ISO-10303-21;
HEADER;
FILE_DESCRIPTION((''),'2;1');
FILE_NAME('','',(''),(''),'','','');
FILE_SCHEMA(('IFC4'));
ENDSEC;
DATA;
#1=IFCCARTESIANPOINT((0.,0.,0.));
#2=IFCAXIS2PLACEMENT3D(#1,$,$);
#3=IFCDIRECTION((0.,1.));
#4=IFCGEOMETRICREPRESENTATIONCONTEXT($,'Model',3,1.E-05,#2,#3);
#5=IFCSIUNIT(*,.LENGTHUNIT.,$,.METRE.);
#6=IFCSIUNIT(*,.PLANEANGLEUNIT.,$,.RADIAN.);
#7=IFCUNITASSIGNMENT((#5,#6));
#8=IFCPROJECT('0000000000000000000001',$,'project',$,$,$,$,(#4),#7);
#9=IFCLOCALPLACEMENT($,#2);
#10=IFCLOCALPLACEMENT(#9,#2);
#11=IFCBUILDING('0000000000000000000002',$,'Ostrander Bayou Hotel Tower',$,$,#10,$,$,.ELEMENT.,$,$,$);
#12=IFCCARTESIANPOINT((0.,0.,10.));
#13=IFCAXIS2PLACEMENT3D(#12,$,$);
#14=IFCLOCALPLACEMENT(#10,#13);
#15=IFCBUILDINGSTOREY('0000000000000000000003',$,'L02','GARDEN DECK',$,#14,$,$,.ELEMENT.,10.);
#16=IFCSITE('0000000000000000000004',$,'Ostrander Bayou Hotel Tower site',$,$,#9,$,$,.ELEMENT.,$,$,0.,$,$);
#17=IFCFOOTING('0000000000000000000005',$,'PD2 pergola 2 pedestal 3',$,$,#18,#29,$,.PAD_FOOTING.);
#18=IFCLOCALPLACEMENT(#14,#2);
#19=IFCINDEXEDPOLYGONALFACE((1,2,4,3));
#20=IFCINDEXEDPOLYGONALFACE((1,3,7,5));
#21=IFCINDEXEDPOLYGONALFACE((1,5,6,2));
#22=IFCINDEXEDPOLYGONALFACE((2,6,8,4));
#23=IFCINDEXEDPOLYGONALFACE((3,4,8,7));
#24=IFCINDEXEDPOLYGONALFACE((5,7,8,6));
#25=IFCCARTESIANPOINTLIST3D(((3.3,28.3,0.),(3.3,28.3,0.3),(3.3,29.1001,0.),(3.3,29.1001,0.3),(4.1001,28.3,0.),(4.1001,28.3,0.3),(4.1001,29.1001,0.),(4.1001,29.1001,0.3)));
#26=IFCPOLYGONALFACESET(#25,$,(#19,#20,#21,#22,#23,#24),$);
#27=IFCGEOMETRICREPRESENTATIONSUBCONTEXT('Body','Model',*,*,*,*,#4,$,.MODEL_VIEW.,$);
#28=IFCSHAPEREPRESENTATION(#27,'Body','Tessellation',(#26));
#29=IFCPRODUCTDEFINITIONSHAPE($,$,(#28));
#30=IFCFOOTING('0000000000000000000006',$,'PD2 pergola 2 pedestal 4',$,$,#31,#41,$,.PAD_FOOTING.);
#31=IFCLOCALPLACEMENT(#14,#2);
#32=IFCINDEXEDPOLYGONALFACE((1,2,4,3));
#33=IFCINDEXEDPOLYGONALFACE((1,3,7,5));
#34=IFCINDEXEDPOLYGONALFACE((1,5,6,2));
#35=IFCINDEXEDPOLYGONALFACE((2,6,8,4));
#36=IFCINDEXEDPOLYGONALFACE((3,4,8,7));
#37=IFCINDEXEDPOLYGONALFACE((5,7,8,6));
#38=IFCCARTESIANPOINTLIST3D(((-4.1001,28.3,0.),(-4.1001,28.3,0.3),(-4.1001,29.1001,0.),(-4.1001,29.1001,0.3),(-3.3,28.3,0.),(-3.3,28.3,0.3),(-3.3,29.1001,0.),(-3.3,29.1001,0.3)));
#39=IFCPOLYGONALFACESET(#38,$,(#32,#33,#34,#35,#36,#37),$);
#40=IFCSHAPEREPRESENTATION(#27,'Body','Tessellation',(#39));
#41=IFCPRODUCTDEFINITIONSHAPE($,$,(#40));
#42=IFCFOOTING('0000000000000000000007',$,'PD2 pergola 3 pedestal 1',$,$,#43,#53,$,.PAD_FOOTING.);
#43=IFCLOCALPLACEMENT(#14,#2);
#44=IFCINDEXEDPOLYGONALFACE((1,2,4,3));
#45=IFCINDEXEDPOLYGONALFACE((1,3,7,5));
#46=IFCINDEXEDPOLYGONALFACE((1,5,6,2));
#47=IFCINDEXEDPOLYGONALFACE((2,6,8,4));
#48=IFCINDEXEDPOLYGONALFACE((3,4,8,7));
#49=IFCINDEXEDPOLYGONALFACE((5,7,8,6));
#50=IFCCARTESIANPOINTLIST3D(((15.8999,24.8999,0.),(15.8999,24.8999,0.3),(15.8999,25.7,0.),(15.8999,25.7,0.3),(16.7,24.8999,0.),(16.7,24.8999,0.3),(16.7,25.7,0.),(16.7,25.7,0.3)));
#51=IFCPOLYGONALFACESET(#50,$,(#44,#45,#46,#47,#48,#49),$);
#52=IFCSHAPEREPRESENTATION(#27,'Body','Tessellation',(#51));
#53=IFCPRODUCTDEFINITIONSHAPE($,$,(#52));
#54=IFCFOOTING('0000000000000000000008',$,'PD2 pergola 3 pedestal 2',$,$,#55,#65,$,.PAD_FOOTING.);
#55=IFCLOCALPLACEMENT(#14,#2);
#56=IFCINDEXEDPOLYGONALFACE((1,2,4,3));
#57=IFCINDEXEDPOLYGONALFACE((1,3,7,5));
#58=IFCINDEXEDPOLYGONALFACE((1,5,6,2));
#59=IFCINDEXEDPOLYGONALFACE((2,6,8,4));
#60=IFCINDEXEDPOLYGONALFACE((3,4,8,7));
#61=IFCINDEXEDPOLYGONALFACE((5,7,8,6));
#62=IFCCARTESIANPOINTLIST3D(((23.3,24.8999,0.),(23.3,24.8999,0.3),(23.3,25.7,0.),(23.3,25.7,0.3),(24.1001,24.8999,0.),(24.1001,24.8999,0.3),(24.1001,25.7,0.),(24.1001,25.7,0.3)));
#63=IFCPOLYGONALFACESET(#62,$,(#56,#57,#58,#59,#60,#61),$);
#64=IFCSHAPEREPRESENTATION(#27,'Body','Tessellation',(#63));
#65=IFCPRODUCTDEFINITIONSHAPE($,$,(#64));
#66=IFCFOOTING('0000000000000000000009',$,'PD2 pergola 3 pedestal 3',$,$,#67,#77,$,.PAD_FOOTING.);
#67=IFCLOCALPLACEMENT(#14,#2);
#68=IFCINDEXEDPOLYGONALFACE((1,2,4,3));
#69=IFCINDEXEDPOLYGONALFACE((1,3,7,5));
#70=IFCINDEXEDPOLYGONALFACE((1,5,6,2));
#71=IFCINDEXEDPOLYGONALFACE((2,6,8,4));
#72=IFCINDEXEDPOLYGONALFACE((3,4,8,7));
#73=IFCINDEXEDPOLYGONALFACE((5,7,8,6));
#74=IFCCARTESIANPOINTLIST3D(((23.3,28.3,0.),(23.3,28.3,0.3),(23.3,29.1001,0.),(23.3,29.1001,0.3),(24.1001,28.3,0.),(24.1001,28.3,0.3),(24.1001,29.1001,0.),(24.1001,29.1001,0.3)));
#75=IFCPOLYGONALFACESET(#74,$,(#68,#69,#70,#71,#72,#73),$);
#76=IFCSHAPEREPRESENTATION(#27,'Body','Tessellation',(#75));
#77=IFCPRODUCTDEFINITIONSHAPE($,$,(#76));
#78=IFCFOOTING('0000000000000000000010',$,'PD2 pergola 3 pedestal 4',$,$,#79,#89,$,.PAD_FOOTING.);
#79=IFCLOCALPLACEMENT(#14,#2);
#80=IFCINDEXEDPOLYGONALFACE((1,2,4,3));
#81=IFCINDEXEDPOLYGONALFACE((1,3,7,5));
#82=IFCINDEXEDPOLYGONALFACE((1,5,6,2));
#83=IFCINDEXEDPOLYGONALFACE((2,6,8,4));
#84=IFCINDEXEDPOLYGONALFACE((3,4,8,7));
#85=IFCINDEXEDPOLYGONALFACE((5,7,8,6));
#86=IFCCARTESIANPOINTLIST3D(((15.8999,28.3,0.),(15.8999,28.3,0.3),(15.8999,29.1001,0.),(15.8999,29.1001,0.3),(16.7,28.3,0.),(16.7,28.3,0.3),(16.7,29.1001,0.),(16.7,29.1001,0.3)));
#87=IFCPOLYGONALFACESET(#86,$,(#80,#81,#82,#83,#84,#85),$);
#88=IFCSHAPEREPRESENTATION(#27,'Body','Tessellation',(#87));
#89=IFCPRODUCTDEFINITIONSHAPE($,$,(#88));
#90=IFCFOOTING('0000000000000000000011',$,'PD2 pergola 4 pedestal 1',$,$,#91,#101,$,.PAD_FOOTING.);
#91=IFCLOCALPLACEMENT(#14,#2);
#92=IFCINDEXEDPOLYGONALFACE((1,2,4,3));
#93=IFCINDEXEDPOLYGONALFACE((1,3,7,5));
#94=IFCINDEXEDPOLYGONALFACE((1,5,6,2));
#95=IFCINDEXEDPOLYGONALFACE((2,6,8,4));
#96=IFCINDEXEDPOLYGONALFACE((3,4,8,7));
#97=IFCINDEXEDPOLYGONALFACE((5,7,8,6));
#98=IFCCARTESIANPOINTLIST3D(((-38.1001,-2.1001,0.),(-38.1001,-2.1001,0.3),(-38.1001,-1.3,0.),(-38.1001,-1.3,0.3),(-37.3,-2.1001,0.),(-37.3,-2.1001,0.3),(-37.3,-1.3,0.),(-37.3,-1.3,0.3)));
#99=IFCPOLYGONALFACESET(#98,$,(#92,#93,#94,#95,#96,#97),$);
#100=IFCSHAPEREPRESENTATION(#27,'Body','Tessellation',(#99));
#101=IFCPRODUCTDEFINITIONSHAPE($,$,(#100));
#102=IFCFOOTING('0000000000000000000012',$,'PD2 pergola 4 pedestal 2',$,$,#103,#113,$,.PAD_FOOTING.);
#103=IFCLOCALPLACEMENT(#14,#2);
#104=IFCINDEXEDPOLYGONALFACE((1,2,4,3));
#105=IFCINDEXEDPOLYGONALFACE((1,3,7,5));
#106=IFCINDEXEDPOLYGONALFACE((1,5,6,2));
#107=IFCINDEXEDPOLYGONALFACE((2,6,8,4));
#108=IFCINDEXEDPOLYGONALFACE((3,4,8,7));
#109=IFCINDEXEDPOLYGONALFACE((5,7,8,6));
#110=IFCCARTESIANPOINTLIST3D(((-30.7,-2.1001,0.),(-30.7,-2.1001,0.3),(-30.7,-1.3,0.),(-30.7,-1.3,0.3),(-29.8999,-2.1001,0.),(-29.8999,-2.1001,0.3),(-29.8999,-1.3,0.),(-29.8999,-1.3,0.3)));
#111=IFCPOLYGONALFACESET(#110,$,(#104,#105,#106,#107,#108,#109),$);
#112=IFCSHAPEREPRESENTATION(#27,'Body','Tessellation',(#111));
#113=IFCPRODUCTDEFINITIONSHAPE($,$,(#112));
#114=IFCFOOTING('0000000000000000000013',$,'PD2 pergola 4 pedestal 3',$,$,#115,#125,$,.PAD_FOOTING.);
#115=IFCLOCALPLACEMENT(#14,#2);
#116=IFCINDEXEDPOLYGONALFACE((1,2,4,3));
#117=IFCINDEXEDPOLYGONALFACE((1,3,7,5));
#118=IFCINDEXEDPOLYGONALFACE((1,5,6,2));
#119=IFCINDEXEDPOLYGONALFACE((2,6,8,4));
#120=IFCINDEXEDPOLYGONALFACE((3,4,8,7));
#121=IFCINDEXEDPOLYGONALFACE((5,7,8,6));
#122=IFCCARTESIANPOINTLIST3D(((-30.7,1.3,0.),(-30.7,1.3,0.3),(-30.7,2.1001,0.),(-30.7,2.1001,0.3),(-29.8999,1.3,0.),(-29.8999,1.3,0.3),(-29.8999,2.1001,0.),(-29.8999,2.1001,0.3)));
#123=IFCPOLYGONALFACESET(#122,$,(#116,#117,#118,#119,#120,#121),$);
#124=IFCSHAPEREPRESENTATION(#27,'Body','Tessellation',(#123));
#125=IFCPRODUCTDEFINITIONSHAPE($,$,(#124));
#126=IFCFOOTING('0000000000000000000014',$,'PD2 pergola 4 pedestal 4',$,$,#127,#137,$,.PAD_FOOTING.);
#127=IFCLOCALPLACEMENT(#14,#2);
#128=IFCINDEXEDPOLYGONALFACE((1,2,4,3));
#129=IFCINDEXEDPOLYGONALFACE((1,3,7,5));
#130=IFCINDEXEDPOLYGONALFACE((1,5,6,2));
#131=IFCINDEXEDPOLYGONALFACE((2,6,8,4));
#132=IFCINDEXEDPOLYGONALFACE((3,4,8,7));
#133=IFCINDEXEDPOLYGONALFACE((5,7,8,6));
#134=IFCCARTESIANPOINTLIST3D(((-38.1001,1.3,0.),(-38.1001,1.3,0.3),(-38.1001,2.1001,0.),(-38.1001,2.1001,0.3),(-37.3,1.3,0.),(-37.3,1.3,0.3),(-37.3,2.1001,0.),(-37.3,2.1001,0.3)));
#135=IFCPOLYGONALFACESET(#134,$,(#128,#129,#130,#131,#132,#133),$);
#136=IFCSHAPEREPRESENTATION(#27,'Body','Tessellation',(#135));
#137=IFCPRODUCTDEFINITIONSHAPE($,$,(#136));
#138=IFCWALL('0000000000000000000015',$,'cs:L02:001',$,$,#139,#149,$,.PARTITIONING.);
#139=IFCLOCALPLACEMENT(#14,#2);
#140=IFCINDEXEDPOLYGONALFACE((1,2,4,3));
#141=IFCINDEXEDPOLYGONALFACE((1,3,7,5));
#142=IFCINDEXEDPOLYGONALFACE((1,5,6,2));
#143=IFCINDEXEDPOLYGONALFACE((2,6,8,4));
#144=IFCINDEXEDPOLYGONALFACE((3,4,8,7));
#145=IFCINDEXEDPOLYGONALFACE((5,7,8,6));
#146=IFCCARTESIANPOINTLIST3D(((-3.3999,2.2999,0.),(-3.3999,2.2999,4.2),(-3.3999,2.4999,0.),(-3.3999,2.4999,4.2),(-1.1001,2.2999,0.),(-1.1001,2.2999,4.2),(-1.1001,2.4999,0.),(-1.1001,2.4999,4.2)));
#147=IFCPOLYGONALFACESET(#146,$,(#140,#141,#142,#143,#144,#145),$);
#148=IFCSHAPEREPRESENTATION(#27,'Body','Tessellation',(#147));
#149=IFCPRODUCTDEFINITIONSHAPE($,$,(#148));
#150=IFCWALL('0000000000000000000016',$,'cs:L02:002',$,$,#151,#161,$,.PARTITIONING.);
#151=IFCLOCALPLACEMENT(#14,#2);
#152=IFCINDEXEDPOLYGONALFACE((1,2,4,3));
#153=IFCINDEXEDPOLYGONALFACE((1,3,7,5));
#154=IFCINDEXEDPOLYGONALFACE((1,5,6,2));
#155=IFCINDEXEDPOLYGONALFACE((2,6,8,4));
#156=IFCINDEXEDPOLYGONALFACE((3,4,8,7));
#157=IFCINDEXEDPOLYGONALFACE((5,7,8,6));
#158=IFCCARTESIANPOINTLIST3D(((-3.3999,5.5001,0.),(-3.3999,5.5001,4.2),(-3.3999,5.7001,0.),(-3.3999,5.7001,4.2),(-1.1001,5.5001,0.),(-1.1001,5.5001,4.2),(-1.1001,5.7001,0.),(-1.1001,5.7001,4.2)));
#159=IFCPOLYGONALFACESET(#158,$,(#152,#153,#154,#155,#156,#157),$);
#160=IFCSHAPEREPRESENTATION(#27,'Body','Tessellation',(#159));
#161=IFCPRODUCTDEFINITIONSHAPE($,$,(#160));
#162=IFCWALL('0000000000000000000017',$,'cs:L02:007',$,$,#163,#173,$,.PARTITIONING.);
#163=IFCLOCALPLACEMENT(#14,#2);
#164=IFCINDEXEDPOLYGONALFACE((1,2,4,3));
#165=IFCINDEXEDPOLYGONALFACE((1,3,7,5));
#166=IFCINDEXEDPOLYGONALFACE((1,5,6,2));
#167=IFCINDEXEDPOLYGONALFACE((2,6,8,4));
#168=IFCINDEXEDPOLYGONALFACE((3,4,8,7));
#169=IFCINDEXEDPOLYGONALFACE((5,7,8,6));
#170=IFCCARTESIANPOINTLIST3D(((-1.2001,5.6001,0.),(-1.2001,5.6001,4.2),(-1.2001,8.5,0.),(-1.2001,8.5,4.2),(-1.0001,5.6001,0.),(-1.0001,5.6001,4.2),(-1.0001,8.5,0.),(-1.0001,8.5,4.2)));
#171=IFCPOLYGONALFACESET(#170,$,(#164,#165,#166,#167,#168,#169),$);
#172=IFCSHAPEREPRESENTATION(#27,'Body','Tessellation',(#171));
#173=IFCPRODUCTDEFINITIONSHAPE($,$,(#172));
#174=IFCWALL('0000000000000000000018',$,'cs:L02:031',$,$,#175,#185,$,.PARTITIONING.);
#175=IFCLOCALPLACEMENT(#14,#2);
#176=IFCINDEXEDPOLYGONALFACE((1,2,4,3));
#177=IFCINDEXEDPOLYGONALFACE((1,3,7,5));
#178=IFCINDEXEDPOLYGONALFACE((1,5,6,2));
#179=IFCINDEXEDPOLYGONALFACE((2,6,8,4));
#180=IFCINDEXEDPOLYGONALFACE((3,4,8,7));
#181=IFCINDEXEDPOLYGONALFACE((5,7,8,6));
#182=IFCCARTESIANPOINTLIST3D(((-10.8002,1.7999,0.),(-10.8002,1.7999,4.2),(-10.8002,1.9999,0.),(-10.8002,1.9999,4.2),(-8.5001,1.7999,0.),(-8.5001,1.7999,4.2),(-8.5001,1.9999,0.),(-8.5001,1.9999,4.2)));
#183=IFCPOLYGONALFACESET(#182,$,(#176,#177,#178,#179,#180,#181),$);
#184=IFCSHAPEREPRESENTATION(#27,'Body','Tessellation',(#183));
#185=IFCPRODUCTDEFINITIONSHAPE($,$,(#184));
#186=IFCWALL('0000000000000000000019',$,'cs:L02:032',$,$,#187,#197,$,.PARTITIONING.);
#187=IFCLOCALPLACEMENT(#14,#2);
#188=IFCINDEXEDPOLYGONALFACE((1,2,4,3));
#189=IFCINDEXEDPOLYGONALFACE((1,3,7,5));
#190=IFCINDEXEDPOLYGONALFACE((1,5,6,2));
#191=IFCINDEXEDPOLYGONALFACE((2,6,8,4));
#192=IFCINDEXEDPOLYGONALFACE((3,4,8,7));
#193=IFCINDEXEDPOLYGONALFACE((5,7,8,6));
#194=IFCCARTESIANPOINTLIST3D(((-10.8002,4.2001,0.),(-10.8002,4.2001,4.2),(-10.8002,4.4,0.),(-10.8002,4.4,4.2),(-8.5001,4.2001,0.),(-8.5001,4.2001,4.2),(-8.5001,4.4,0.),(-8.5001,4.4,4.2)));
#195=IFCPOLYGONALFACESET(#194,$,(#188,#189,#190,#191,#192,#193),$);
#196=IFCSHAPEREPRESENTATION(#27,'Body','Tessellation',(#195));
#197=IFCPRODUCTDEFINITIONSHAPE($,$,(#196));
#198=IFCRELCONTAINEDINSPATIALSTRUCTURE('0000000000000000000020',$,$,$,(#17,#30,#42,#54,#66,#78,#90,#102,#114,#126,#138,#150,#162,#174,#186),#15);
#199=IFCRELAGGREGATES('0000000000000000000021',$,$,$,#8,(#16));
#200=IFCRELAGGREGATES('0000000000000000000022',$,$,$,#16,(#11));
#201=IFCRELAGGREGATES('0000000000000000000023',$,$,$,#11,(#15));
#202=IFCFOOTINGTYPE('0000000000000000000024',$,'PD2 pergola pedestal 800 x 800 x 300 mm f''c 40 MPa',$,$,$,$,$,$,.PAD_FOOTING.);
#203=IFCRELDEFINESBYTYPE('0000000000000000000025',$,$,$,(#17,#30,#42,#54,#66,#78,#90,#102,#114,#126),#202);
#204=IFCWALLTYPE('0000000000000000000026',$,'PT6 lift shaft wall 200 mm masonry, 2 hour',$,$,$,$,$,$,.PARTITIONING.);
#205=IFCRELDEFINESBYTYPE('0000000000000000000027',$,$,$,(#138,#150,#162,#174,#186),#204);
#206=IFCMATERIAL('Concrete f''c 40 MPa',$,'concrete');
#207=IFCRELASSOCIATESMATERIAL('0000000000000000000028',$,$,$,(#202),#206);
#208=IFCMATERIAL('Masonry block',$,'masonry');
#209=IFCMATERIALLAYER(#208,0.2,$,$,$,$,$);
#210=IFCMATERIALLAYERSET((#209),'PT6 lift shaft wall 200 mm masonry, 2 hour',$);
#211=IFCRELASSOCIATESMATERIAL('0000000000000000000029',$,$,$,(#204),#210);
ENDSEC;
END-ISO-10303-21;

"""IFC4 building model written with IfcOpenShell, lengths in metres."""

from ifc_helpers import new_model, si_unit, direction, frame, frame_2d, origin, place, context, subcontext, project, spatial, polyline, rectangle, outline, extrude, material, layer, layer_set, type_object, element, save


model = new_model("IFC4")

# Units and contexts
model_context = context("Model", 3, precision=1e-05, world=origin(), true_north=direction((0.0, 1.0)))
body_context = subcontext(model_context, "Body", "Model", "MODEL_VIEW")
ifc_project = project(units=[si_unit("LENGTHUNIT", "METRE"), si_unit("PLANEANGLEUNIT", "RADIAN")], contexts=[model_context])

# Site, building, storey
site_placement = place(None, origin())
site = spatial("IfcSite", under=ifc_project, at=site_placement, Name="Ostrander Bayou Hotel Tower site", CompositionType="ELEMENT", RefElevation=0.0)
building_placement = place(site_placement, origin())
building = spatial("IfcBuilding", under=site, at=building_placement, Name="Ostrander Bayou Hotel Tower", CompositionType="ELEMENT")
storey_placement = place(building_placement, frame((0.0, 0.0, 10.0)))
storey = spatial("IfcBuildingStorey", under=building, at=storey_placement, Name="L02", Description="GARDEN DECK", CompositionType="ELEMENT", Elevation=10.0)

# Footings
ifc_material_1 = material(Name="Concrete f'c 40 MPa", Category="concrete")
footing_type = type_object("IfcFootingType", Name="PD2 pergola pedestal 800 x 800 x 300 mm f'c 40 MPa", PredefinedType="PAD_FOOTING", material=ifc_material_1)
footing_1_placement = place(storey_placement, origin())
element("IfcFooting", 1, at=footing_1_placement, inside=storey, type_object=footing_type, Name="PD2 pergola 2 pedestal 3", PredefinedType="PAD_FOOTING", context=body_context, shape_type="SweptSolid", body=[
    extrude(outline(polyline([(4.1001, 28.3), (4.1001, 29.1001), (3.3, 29.1001), (3.3, 28.3), (4.1001, 28.3)])), origin(), (0.0, 0.0, 1.0), 0.3),
])
footing_2_placement = place(storey_placement, origin())
element("IfcFooting", 2, at=footing_2_placement, inside=storey, type_object=footing_type, Name="PD2 pergola 2 pedestal 4", PredefinedType="PAD_FOOTING", context=body_context, shape_type="SweptSolid", body=[
    extrude(outline(polyline([(-3.3, 28.3), (-3.3, 29.1001), (-4.1001, 29.1001), (-4.1001, 28.3), (-3.3, 28.3)])), origin(), (0.0, 0.0, 1.0), 0.3),
])
footing_3_placement = place(storey_placement, origin())
element("IfcFooting", 3, at=footing_3_placement, inside=storey, type_object=footing_type, Name="PD2 pergola 3 pedestal 1", PredefinedType="PAD_FOOTING", context=body_context, shape_type="SweptSolid", body=[
    extrude(outline(polyline([(16.7, 24.8999), (16.7, 25.7), (15.8999, 25.7), (15.8999, 24.8999), (16.7, 24.8999)])), origin(), (0.0, 0.0, 1.0), 0.3),
])
footing_4_placement = place(storey_placement, origin())
element("IfcFooting", 4, at=footing_4_placement, inside=storey, type_object=footing_type, Name="PD2 pergola 3 pedestal 2", PredefinedType="PAD_FOOTING", context=body_context, shape_type="SweptSolid", body=[
    extrude(outline(polyline([(24.1001, 24.8999), (24.1001, 25.7), (23.3, 25.7), (23.3, 24.8999), (24.1001, 24.8999)])), origin(), (0.0, 0.0, 1.0), 0.3),
])
footing_5_placement = place(storey_placement, origin())
element("IfcFooting", 5, at=footing_5_placement, inside=storey, type_object=footing_type, Name="PD2 pergola 3 pedestal 3", PredefinedType="PAD_FOOTING", context=body_context, shape_type="SweptSolid", body=[
    extrude(outline(polyline([(24.1001, 28.3), (24.1001, 29.1001), (23.3, 29.1001), (23.3, 28.3), (24.1001, 28.3)])), origin(), (0.0, 0.0, 1.0), 0.3),
])
footing_6_placement = place(storey_placement, origin())
element("IfcFooting", 6, at=footing_6_placement, inside=storey, type_object=footing_type, Name="PD2 pergola 3 pedestal 4", PredefinedType="PAD_FOOTING", context=body_context, shape_type="SweptSolid", body=[
    extrude(outline(polyline([(16.7, 28.3), (16.7, 29.1001), (15.8999, 29.1001), (15.8999, 28.3), (16.7, 28.3)])), origin(), (0.0, 0.0, 1.0), 0.3),
])
footing_7_placement = place(storey_placement, origin())
element("IfcFooting", 7, at=footing_7_placement, inside=storey, type_object=footing_type, Name="PD2 pergola 4 pedestal 1", PredefinedType="PAD_FOOTING", context=body_context, shape_type="SweptSolid", body=[
    extrude(outline(polyline([(-37.3, -2.1001), (-37.3, -1.3), (-38.1001, -1.3), (-38.1001, -2.1001), (-37.3, -2.1001)])), origin(), (0.0, 0.0, 1.0), 0.3),
])
footing_8_placement = place(storey_placement, origin())
element("IfcFooting", 8, at=footing_8_placement, inside=storey, type_object=footing_type, Name="PD2 pergola 4 pedestal 2", PredefinedType="PAD_FOOTING", context=body_context, shape_type="SweptSolid", body=[
    extrude(outline(polyline([(-29.8999, -2.1001), (-29.8999, -1.3), (-30.7, -1.3), (-30.7, -2.1001), (-29.8999, -2.1001)])), origin(), (0.0, 0.0, 1.0), 0.3),
])
footing_9_placement = place(storey_placement, origin())
element("IfcFooting", 9, at=footing_9_placement, inside=storey, type_object=footing_type, Name="PD2 pergola 4 pedestal 3", PredefinedType="PAD_FOOTING", context=body_context, shape_type="SweptSolid", body=[
    extrude(outline(polyline([(-29.8999, 1.3), (-29.8999, 2.1001), (-30.7, 2.1001), (-30.7, 1.3), (-29.8999, 1.3)])), origin(), (0.0, 0.0, 1.0), 0.3),
])
footing_10_placement = place(storey_placement, origin())
element("IfcFooting", 10, at=footing_10_placement, inside=storey, type_object=footing_type, Name="PD2 pergola 4 pedestal 4", PredefinedType="PAD_FOOTING", context=body_context, shape_type="SweptSolid", body=[
    extrude(outline(polyline([(-37.3, 1.3), (-37.3, 2.1001), (-38.1001, 2.1001), (-38.1001, 1.3), (-37.3, 1.3)])), origin(), (0.0, 0.0, 1.0), 0.3),
])

# Walls
ifc_material_2 = material(Name="Masonry block", Category="masonry")
ifc_layer_1 = layer(ifc_material_2, 0.2)
ifc_layer_set_1 = layer_set([ifc_layer_1], Name="PT6 lift shaft wall 200 mm masonry, 2 hour")
wall_type_1 = type_object("IfcWallType", Name="PT6 lift shaft wall 200 mm masonry, 2 hour", PredefinedType="PARTITIONING", material=ifc_layer_set_1)
for number, where, z_axis, x_axis, name in (
    (11, (-3.3999, 2.3999, 0.0), (0.0, 0.0, 1.0), (1.0, 0.0, 0.0), "cs:L02:001"),
    (12, (-3.3999, 5.6001, 0.0), (0.0, 0.0, 1.0), (1.0, 0.0, 0.0), "cs:L02:002"),
):
    element("IfcWall", number, at=place(storey_placement, frame(where, z_axis=z_axis, x_axis=x_axis)), inside=storey, type_object=wall_type_1, Name=name, PredefinedType="PARTITIONING", context=body_context, shape_type="SweptSolid", body=[
        extrude(rectangle(XDim=2.2998, YDim=0.2, at=frame_2d((1.1499, 0.0))), origin(), (0.0, 0.0, 1.0), 4.2),
    ])
wall_1_placement = place(storey_placement, frame((-1.1001, 5.6001, 0.0), z_axis=(0.0, 0.0, 1.0), x_axis=(0.0, 1.0, 0.0)))
element("IfcWall", 13, at=wall_1_placement, inside=storey, type_object=wall_type_1, Name="cs:L02:007", PredefinedType="PARTITIONING", context=body_context, shape_type="SweptSolid", body=[
    extrude(rectangle(XDim=2.8999, YDim=0.2, at=frame_2d((1.45, 0.0))), origin(), (0.0, 0.0, 1.0), 4.2),
])
for number, where, z_axis, x_axis, name in (
    (14, (-10.8, 1.8999, 0.0), (0.0, 0.0, 1.0), (1.0, 0.0, 0.0), "cs:L02:031"),
    (15, (-10.8, 4.3, 0.0), (0.0, 0.0, 1.0), (1.0, 0.0, 0.0), "cs:L02:032"),
):
    element("IfcWall", number, at=place(storey_placement, frame(where, z_axis=z_axis, x_axis=x_axis)), inside=storey, type_object=wall_type_1, Name=name, PredefinedType="PARTITIONING", context=body_context, shape_type="SweptSolid", body=[
        extrude(rectangle(XDim=2.3, YDim=0.2, at=frame_2d((1.1499, 0.0))), origin(), (0.0, 0.0, 1.0), 4.2),
    ])

save(model, "model.ifc")
